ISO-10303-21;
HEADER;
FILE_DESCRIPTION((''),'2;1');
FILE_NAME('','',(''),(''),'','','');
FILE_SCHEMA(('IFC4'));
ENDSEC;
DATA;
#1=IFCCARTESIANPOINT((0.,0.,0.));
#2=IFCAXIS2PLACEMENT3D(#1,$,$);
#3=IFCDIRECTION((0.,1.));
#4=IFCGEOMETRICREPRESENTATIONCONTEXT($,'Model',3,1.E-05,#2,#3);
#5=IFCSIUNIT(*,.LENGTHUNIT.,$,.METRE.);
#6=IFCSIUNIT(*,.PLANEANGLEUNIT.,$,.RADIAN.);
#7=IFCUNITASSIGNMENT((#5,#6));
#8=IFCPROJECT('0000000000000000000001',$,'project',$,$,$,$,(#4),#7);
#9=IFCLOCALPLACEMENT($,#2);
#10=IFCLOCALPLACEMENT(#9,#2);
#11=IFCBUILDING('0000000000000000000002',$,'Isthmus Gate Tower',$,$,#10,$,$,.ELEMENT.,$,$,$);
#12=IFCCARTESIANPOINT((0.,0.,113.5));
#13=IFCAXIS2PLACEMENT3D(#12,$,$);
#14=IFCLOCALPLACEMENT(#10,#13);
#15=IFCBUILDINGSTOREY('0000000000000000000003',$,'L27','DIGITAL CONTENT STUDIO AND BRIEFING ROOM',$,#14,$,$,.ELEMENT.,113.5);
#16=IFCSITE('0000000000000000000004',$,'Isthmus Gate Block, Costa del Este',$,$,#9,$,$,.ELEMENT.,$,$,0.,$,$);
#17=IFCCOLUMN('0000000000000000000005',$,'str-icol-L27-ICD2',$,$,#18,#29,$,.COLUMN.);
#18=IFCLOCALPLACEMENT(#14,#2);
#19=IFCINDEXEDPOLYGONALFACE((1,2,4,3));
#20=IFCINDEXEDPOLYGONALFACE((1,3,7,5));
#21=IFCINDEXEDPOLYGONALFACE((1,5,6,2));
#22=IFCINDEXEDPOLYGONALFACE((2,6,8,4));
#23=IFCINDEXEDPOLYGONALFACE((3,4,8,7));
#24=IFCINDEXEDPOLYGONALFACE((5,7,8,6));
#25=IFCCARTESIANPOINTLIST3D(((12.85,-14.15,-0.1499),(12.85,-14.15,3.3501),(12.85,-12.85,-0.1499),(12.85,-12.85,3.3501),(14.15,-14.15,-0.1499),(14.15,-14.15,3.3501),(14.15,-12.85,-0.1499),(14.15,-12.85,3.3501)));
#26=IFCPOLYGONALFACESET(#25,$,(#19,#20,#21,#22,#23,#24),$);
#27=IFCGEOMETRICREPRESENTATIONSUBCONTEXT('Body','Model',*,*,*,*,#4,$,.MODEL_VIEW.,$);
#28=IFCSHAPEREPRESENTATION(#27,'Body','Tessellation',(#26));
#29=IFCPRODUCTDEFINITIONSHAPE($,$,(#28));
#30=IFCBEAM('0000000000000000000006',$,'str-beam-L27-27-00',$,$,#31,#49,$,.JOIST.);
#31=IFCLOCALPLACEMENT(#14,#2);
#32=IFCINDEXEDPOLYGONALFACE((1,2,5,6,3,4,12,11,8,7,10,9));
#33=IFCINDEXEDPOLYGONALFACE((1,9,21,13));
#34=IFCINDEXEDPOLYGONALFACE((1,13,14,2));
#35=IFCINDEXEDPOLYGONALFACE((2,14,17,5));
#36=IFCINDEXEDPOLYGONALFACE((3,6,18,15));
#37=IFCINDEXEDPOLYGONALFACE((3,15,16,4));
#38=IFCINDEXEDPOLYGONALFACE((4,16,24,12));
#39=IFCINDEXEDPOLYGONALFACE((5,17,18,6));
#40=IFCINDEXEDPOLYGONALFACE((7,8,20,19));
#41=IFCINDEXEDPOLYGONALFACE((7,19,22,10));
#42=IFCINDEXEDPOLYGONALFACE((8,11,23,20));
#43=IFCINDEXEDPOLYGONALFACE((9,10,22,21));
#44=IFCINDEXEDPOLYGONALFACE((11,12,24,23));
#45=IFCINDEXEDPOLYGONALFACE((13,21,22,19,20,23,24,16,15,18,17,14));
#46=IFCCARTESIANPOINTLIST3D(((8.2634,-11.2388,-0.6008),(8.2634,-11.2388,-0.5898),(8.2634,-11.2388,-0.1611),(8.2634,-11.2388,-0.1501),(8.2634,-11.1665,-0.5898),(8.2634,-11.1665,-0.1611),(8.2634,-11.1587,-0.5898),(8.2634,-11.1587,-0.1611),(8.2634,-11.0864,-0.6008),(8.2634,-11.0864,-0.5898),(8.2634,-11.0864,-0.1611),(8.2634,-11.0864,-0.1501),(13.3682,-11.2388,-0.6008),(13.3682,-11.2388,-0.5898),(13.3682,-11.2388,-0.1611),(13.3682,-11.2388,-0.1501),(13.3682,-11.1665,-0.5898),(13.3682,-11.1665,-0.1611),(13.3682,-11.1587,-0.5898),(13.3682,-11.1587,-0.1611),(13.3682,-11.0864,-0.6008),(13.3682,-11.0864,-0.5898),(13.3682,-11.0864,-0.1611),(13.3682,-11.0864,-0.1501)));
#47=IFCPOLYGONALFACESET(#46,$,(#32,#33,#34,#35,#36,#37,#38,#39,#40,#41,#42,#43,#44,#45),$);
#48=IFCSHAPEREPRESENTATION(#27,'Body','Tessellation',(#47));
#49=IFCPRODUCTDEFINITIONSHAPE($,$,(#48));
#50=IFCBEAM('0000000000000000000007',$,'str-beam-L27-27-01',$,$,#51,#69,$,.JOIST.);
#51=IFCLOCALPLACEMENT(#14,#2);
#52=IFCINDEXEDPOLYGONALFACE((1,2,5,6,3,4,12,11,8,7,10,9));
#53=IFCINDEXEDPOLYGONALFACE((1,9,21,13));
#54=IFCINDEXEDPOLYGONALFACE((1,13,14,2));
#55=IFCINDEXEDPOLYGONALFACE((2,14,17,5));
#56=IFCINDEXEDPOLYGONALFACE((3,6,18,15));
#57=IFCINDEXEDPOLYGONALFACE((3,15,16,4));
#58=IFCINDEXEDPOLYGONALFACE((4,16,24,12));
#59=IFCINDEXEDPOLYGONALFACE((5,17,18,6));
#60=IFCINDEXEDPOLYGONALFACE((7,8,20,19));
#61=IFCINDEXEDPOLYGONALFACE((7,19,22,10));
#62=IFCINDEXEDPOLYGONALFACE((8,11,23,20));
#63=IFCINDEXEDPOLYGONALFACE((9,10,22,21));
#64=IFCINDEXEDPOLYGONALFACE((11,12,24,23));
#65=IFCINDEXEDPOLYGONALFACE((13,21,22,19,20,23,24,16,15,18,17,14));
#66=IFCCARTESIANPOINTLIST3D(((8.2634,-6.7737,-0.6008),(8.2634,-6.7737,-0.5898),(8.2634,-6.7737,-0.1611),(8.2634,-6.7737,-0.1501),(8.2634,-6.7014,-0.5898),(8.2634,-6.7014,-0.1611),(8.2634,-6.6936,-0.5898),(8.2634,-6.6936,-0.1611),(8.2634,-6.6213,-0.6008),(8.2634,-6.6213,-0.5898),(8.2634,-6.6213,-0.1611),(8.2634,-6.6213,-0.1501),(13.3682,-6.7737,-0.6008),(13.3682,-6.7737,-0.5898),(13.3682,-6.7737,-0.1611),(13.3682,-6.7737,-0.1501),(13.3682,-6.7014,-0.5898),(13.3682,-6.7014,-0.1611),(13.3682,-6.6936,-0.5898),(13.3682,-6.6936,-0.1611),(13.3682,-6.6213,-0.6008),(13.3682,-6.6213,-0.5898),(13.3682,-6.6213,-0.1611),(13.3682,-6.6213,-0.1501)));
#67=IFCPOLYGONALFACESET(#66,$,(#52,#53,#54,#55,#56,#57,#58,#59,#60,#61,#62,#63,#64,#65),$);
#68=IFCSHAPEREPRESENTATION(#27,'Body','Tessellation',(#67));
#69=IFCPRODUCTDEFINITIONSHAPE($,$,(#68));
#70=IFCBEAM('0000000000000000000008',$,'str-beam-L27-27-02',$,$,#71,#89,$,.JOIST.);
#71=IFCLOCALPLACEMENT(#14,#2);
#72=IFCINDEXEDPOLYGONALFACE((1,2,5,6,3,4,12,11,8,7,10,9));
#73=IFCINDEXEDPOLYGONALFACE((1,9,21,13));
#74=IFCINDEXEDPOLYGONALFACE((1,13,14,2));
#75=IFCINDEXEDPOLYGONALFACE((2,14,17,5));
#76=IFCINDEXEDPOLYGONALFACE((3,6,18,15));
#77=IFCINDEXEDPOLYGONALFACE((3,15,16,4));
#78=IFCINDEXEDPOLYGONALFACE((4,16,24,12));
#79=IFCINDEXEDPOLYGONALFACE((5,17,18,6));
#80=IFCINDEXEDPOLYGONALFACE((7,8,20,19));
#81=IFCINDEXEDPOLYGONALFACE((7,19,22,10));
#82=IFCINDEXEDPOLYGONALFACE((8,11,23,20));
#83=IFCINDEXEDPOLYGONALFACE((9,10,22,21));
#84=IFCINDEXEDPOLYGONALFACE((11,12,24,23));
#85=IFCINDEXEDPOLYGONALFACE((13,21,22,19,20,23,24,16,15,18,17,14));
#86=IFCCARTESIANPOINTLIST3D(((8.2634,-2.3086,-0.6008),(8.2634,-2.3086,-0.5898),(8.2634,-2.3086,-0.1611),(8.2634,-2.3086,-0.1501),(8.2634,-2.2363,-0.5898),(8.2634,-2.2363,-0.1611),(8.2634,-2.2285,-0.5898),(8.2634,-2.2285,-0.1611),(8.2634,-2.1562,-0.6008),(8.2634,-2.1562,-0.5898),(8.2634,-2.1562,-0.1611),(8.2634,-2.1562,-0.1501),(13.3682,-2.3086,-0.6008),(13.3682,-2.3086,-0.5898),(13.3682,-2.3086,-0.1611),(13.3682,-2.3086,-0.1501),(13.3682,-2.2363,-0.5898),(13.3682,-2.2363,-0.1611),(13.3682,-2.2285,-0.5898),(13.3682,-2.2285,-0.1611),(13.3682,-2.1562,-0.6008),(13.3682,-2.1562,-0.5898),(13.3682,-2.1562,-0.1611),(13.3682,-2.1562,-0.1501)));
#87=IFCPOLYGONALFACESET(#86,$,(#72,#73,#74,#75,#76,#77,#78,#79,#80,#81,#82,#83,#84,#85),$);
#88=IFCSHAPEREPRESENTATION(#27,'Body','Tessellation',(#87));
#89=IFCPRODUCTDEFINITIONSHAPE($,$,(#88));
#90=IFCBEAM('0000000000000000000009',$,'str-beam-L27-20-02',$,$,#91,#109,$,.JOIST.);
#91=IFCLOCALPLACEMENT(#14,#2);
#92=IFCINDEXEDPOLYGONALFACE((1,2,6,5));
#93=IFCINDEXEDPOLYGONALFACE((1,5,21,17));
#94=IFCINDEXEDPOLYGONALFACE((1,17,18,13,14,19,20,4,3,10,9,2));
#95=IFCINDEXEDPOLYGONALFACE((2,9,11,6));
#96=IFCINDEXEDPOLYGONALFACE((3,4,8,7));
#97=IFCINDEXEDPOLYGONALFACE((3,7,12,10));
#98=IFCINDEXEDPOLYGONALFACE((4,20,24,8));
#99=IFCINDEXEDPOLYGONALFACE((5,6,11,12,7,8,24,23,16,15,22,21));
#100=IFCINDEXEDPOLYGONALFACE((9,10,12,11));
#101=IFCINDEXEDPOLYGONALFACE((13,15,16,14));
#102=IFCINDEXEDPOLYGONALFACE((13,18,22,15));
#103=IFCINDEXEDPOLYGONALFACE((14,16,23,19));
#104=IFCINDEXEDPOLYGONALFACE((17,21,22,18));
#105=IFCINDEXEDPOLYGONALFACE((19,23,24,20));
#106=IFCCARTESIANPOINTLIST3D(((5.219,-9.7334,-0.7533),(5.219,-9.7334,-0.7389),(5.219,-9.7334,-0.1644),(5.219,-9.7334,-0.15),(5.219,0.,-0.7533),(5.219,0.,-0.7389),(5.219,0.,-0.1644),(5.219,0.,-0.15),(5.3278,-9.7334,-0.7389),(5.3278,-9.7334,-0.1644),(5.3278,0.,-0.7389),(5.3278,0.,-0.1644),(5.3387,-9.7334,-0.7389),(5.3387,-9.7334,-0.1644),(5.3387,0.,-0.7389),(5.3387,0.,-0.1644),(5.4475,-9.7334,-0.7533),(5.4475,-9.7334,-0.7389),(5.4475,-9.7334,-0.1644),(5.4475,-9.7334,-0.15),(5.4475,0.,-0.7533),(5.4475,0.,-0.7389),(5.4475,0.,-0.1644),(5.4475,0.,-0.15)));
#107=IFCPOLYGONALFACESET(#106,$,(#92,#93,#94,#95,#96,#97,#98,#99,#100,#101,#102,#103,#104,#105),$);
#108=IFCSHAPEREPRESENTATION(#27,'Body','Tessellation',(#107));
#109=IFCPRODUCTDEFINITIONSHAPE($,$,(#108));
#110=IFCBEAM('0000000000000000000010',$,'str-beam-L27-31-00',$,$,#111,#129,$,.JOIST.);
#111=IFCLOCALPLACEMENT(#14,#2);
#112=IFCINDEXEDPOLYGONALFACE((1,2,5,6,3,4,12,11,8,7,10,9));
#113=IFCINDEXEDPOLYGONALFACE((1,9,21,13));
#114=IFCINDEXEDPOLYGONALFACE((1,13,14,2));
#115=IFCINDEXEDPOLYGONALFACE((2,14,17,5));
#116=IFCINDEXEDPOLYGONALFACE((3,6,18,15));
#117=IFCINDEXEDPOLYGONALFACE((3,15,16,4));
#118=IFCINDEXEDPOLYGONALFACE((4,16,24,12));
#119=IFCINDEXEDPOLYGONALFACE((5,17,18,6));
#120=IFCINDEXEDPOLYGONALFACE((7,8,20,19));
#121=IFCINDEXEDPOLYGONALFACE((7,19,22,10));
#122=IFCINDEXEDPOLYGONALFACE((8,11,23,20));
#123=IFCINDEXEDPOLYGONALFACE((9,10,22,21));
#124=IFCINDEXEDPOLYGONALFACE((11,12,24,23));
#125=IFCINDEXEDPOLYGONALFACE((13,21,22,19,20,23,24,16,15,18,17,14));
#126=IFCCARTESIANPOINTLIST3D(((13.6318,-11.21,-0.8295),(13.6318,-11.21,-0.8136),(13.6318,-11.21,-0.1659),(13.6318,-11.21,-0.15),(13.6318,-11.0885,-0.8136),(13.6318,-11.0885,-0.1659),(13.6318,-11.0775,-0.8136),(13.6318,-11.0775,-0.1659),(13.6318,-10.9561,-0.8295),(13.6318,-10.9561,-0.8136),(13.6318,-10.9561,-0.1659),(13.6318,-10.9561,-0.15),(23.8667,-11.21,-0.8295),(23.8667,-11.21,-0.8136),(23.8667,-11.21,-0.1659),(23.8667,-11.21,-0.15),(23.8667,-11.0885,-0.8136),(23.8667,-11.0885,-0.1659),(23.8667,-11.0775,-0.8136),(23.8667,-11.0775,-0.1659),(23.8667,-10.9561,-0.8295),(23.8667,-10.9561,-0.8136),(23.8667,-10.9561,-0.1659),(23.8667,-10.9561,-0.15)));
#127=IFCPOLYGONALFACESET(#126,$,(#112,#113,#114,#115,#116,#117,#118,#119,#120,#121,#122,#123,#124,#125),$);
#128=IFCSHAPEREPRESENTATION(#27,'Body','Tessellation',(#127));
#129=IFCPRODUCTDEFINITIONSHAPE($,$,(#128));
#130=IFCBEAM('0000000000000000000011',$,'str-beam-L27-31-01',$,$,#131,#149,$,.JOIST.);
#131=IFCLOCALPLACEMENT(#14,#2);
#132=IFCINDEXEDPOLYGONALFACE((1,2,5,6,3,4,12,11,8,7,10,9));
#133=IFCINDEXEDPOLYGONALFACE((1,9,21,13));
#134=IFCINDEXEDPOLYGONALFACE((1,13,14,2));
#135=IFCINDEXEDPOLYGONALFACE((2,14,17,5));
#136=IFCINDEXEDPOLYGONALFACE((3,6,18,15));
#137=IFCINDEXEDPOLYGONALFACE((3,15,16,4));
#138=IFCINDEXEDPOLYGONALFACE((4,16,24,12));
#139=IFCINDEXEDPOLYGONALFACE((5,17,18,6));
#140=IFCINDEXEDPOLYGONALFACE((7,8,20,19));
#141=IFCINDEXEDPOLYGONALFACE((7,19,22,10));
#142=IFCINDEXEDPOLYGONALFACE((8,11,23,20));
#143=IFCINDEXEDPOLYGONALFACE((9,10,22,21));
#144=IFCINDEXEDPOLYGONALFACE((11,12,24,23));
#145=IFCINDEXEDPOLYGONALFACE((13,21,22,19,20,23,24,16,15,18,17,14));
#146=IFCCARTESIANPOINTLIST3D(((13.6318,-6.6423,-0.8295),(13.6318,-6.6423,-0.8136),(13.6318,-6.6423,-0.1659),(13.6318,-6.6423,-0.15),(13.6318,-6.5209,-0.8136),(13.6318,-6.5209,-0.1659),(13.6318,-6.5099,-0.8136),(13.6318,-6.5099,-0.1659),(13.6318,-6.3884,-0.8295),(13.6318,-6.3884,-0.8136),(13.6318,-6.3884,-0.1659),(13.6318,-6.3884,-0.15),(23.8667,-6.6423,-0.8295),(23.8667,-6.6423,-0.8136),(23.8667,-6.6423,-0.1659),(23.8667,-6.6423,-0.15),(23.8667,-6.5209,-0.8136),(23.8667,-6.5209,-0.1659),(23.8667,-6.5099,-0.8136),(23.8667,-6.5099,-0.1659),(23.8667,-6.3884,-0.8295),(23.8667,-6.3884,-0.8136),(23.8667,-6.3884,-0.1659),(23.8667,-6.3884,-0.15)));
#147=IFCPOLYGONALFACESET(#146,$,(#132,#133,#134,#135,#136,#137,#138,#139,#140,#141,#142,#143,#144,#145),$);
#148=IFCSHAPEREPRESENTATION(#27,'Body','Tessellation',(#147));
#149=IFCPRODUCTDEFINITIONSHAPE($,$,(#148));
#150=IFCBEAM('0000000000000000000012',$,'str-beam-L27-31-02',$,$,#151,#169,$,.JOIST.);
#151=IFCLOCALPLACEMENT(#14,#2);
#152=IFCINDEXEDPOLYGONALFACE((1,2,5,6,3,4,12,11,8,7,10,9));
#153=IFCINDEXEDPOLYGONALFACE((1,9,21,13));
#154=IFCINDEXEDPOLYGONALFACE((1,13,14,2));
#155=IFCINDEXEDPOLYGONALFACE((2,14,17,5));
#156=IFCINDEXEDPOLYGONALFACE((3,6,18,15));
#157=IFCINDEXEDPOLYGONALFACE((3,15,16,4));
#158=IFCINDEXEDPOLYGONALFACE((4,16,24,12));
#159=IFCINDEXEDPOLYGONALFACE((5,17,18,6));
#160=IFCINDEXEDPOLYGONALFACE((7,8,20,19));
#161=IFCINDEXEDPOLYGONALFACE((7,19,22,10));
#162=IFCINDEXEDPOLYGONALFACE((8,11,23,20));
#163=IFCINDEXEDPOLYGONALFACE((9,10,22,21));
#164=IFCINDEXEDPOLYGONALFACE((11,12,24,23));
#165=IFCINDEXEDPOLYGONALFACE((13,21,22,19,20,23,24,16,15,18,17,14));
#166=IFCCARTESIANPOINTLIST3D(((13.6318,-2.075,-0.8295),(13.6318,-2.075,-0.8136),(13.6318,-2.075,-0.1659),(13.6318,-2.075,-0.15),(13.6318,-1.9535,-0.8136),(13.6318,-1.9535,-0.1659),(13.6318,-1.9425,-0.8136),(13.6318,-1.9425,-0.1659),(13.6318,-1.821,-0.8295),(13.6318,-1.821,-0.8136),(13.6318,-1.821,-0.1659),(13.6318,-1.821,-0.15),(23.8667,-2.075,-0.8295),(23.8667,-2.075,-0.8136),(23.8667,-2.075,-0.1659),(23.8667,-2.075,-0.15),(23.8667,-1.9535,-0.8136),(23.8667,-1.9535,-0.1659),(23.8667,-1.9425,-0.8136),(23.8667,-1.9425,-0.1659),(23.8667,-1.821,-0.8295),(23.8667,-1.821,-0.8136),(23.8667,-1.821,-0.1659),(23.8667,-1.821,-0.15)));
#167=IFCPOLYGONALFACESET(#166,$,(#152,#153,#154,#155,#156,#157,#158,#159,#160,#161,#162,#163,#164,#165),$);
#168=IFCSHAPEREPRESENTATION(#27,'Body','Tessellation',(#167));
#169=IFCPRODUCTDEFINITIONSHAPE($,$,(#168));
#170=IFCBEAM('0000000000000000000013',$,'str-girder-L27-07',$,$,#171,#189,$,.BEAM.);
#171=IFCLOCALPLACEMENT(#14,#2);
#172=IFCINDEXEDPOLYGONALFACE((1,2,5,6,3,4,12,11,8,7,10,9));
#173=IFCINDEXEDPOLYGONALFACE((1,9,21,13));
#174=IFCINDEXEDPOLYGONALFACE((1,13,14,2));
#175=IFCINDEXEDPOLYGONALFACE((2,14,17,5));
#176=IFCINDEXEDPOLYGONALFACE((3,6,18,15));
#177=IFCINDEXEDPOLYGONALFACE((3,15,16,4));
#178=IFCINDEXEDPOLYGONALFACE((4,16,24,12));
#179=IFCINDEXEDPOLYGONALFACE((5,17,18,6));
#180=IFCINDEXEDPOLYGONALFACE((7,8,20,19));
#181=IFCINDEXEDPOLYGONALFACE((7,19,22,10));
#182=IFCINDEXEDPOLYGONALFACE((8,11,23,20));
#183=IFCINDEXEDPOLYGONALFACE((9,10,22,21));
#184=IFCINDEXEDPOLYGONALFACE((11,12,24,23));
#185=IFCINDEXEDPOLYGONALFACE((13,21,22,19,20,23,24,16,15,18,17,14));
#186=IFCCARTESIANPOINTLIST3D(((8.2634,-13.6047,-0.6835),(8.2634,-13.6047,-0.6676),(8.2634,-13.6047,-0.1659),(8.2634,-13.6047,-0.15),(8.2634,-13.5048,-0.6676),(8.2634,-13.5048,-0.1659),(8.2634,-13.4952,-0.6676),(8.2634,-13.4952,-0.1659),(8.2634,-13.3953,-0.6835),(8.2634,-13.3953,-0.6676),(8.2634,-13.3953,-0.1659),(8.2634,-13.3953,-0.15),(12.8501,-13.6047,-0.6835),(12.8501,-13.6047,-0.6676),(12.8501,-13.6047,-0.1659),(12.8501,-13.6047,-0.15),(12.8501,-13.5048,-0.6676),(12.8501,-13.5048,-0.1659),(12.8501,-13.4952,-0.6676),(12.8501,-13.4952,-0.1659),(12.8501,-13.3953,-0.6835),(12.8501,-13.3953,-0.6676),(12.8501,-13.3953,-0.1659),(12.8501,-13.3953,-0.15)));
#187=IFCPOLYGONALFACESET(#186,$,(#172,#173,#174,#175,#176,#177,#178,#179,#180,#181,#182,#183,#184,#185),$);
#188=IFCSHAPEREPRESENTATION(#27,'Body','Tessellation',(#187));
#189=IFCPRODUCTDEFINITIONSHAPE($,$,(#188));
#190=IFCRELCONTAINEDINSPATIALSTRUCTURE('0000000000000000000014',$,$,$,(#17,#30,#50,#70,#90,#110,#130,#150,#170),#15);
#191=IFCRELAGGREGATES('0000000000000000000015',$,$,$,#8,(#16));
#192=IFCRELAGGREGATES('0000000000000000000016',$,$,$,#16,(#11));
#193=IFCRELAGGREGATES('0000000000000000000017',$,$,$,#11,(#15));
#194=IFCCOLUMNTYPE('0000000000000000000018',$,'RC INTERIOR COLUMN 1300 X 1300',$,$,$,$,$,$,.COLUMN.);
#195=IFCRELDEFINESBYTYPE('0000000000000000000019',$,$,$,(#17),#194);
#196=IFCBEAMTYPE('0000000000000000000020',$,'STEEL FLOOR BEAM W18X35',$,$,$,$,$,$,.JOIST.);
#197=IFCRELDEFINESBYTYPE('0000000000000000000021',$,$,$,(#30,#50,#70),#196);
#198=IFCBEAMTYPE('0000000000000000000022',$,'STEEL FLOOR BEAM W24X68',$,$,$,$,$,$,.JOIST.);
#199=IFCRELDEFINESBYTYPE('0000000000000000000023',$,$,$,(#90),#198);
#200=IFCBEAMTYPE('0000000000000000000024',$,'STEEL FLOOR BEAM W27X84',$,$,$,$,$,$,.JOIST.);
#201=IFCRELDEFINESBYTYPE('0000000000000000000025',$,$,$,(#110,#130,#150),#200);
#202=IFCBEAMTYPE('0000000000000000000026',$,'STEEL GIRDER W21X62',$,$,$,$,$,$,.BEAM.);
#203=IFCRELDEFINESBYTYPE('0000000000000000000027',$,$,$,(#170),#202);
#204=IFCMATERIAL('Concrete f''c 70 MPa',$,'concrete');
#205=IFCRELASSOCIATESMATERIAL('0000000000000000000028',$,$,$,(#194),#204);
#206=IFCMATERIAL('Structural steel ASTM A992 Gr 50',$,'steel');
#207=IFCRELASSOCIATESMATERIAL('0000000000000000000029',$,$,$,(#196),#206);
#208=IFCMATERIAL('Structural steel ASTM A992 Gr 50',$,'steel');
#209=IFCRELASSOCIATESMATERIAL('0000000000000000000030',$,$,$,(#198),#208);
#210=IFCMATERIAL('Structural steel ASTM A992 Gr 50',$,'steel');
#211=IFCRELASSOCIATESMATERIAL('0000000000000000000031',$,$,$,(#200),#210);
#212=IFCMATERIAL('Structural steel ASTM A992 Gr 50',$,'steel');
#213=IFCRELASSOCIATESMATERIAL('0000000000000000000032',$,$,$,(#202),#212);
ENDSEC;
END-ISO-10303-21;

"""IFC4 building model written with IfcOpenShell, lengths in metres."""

from ifc_helpers import new_model, si_unit, direction, frame, origin, origin_2d, place, context, subcontext, project, spatial, rectangle, i_section, extrude, material, material_profile, profile_set, type_object, element, save


model = new_model("IFC4")

# Units and contexts
model_context = context("Model", 3, precision=1e-05, world=origin(), true_north=direction((0.0, 1.0)))
body_context = subcontext(model_context, "Body", "Model", "MODEL_VIEW")
ifc_project = project(units=[si_unit("LENGTHUNIT", "METRE"), si_unit("PLANEANGLEUNIT", "RADIAN")], contexts=[model_context])

# Site, building, storey
site_placement = place(None, origin())
site = spatial("IfcSite", under=ifc_project, at=site_placement, Name="Isthmus Gate Block, Costa del Este", CompositionType="ELEMENT", RefElevation=0.0)
building_placement = place(site_placement, origin())
building = spatial("IfcBuilding", under=site, at=building_placement, Name="Isthmus Gate Tower", CompositionType="ELEMENT")
storey_placement = place(building_placement, frame((0.0, 0.0, 113.5)))
storey = spatial("IfcBuildingStorey", under=building, at=storey_placement, Name="L27", Description="DIGITAL CONTENT STUDIO AND BRIEFING ROOM", CompositionType="ELEMENT", Elevation=113.5)

# Column
ifc_material_1 = material(Name="Concrete f'c 70 MPa", Category="concrete")
ifc_material_profile_1 = material_profile(ifc_material_1, rectangle(XDim=1.3, YDim=1.3, at=origin_2d()), Name="RC 1300X1300")
ifc_profile_set_1 = profile_set([ifc_material_profile_1], Name="Concrete f'c 70 MPa")
column_type = type_object("IfcColumnType", Name="RC INTERIOR COLUMN 1300 X 1300", PredefinedType="COLUMN", material=ifc_profile_set_1)
column_placement = place(storey_placement, frame((13.5, -13.5, -0.1499), z_axis=(0.0, 0.0, 1.0), x_axis=(1.0, 0.0, 0.0)))
element("IfcColumn", 1, at=column_placement, inside=storey, type_object=column_type, Name="str-icol-L27-ICD2", PredefinedType="COLUMN", context=body_context, shape_type="SweptSolid", body=[
    extrude(rectangle(XDim=1.3, YDim=1.3, at=origin_2d()), origin(), (0.0, 0.0, 1.0), 3.5),
])

# Beams
ifc_material_2 = material(Name="Structural steel ASTM A992 Gr 50", Category="steel")
ifc_material_profile_2 = material_profile(ifc_material_2, i_section(OverallWidth=0.1523, OverallDepth=0.4507, WebThickness=0.0078, FlangeThickness=0.011, at=origin_2d()), Name="W18X35")
ifc_profile_set_2 = profile_set([ifc_material_profile_2], Name="Structural steel ASTM A992 Gr 50")
beam_type_1 = type_object("IfcBeamType", Name="STEEL FLOOR BEAM W18X35", PredefinedType="JOIST", material=ifc_profile_set_2)
for number, where, z_axis, x_axis, name in (
    (2, (8.2634, -11.1626, -0.3755), (1.0, 0.0, 0.0), (0.0, 1.0, 0.0), "str-beam-L27-27-00"),
    (3, (8.2634, -6.6975, -0.3755), (1.0, 0.0, 0.0), (0.0, 1.0, 0.0), "str-beam-L27-27-01"),
    (4, (8.2634, -2.2324, -0.3755), (1.0, 0.0, 0.0), (0.0, 1.0, 0.0), "str-beam-L27-27-02"),
):
    element("IfcBeam", number, at=place(storey_placement, frame(where, z_axis=z_axis, x_axis=x_axis)), inside=storey, type_object=beam_type_1, Name=name, PredefinedType="JOIST", context=body_context, shape_type="SweptSolid", body=[
        extrude(i_section(OverallWidth=0.1523, OverallDepth=0.4507, WebThickness=0.0078, FlangeThickness=0.011, at=origin_2d()), origin(), (0.0, 0.0, 1.0), 5.1047),
    ])
ifc_material_3 = material(Name="Structural steel ASTM A992 Gr 50", Category="steel")
ifc_material_profile_3 = material_profile(ifc_material_3, i_section(OverallWidth=0.2285, OverallDepth=0.6033, WebThickness=0.011, FlangeThickness=0.0144, at=origin_2d()), Name="W24X68")
ifc_profile_set_3 = profile_set([ifc_material_profile_3], Name="Structural steel ASTM A992 Gr 50")
beam_type_2 = type_object("IfcBeamType", Name="STEEL FLOOR BEAM W24X68", PredefinedType="JOIST", material=ifc_profile_set_3)
beam_1_placement = place(storey_placement, frame((5.3333, -9.7334, -0.4517), z_axis=(0.0, 1.0, 0.0), x_axis=(-1.0, 0.0, 0.0)))
element("IfcBeam", 5, at=beam_1_placement, inside=storey, type_object=beam_type_2, Name="str-beam-L27-20-02", PredefinedType="JOIST", context=body_context, shape_type="SweptSolid", body=[
    extrude(i_section(OverallWidth=0.2285, OverallDepth=0.6033, WebThickness=0.011, FlangeThickness=0.0144, at=origin_2d()), origin(), (0.0, 0.0, 1.0), 9.7334),
])
ifc_material_4 = material(Name="Structural steel ASTM A992 Gr 50", Category="steel")
ifc_material_profile_4 = material_profile(ifc_material_4, i_section(OverallWidth=0.2539, OverallDepth=0.6794, WebThickness=0.011, FlangeThickness=0.0159, at=origin_2d()), Name="W27X84")
ifc_profile_set_4 = profile_set([ifc_material_profile_4], Name="Structural steel ASTM A992 Gr 50")
beam_type_3 = type_object("IfcBeamType", Name="STEEL FLOOR BEAM W27X84", PredefinedType="JOIST", material=ifc_profile_set_4)
for number, where, z_axis, x_axis, name in (
    (6, (13.6318, -11.083, -0.4897), (1.0, 0.0, 0.0), (0.0, 1.0, 0.0), "str-beam-L27-31-00"),
    (7, (13.6318, -6.5154, -0.4897), (1.0, 0.0, 0.0), (0.0, 1.0, 0.0), "str-beam-L27-31-01"),
    (8, (13.6318, -1.948, -0.4897), (1.0, 0.0, 0.0), (0.0, 1.0, 0.0), "str-beam-L27-31-02"),
):
    element("IfcBeam", number, at=place(storey_placement, frame(where, z_axis=z_axis, x_axis=x_axis)), inside=storey, type_object=beam_type_3, Name=name, PredefinedType="JOIST", context=body_context, shape_type="SweptSolid", body=[
        extrude(i_section(OverallWidth=0.2539, OverallDepth=0.6794, WebThickness=0.011, FlangeThickness=0.0159, at=origin_2d()), origin(), (0.0, 0.0, 1.0), 10.2349),
    ])
ifc_material_5 = material(Name="Structural steel ASTM A992 Gr 50", Category="steel")
ifc_material_profile_5 = material_profile(ifc_material_5, i_section(OverallWidth=0.2095, OverallDepth=0.5334, WebThickness=0.0095, FlangeThickness=0.0159, at=origin_2d()), Name="W21X62")
ifc_profile_set_5 = profile_set([ifc_material_profile_5], Name="Structural steel ASTM A992 Gr 50")
beam_type_4 = type_object("IfcBeamType", Name="STEEL GIRDER W21X62", PredefinedType="BEAM", material=ifc_profile_set_5)
beam_2_placement = place(storey_placement, frame((8.2634, -13.5, -0.4167), z_axis=(1.0, 0.0, 0.0), x_axis=(0.0, 1.0, 0.0)))
element("IfcBeam", 9, at=beam_2_placement, inside=storey, type_object=beam_type_4, Name="str-girder-L27-07", PredefinedType="BEAM", context=body_context, shape_type="SweptSolid", body=[
    extrude(i_section(OverallWidth=0.2095, OverallDepth=0.5334, WebThickness=0.0095, FlangeThickness=0.0159, at=origin_2d()), origin(), (0.0, 0.0, 1.0), 4.5867),
])

save(model, "model.ifc")
